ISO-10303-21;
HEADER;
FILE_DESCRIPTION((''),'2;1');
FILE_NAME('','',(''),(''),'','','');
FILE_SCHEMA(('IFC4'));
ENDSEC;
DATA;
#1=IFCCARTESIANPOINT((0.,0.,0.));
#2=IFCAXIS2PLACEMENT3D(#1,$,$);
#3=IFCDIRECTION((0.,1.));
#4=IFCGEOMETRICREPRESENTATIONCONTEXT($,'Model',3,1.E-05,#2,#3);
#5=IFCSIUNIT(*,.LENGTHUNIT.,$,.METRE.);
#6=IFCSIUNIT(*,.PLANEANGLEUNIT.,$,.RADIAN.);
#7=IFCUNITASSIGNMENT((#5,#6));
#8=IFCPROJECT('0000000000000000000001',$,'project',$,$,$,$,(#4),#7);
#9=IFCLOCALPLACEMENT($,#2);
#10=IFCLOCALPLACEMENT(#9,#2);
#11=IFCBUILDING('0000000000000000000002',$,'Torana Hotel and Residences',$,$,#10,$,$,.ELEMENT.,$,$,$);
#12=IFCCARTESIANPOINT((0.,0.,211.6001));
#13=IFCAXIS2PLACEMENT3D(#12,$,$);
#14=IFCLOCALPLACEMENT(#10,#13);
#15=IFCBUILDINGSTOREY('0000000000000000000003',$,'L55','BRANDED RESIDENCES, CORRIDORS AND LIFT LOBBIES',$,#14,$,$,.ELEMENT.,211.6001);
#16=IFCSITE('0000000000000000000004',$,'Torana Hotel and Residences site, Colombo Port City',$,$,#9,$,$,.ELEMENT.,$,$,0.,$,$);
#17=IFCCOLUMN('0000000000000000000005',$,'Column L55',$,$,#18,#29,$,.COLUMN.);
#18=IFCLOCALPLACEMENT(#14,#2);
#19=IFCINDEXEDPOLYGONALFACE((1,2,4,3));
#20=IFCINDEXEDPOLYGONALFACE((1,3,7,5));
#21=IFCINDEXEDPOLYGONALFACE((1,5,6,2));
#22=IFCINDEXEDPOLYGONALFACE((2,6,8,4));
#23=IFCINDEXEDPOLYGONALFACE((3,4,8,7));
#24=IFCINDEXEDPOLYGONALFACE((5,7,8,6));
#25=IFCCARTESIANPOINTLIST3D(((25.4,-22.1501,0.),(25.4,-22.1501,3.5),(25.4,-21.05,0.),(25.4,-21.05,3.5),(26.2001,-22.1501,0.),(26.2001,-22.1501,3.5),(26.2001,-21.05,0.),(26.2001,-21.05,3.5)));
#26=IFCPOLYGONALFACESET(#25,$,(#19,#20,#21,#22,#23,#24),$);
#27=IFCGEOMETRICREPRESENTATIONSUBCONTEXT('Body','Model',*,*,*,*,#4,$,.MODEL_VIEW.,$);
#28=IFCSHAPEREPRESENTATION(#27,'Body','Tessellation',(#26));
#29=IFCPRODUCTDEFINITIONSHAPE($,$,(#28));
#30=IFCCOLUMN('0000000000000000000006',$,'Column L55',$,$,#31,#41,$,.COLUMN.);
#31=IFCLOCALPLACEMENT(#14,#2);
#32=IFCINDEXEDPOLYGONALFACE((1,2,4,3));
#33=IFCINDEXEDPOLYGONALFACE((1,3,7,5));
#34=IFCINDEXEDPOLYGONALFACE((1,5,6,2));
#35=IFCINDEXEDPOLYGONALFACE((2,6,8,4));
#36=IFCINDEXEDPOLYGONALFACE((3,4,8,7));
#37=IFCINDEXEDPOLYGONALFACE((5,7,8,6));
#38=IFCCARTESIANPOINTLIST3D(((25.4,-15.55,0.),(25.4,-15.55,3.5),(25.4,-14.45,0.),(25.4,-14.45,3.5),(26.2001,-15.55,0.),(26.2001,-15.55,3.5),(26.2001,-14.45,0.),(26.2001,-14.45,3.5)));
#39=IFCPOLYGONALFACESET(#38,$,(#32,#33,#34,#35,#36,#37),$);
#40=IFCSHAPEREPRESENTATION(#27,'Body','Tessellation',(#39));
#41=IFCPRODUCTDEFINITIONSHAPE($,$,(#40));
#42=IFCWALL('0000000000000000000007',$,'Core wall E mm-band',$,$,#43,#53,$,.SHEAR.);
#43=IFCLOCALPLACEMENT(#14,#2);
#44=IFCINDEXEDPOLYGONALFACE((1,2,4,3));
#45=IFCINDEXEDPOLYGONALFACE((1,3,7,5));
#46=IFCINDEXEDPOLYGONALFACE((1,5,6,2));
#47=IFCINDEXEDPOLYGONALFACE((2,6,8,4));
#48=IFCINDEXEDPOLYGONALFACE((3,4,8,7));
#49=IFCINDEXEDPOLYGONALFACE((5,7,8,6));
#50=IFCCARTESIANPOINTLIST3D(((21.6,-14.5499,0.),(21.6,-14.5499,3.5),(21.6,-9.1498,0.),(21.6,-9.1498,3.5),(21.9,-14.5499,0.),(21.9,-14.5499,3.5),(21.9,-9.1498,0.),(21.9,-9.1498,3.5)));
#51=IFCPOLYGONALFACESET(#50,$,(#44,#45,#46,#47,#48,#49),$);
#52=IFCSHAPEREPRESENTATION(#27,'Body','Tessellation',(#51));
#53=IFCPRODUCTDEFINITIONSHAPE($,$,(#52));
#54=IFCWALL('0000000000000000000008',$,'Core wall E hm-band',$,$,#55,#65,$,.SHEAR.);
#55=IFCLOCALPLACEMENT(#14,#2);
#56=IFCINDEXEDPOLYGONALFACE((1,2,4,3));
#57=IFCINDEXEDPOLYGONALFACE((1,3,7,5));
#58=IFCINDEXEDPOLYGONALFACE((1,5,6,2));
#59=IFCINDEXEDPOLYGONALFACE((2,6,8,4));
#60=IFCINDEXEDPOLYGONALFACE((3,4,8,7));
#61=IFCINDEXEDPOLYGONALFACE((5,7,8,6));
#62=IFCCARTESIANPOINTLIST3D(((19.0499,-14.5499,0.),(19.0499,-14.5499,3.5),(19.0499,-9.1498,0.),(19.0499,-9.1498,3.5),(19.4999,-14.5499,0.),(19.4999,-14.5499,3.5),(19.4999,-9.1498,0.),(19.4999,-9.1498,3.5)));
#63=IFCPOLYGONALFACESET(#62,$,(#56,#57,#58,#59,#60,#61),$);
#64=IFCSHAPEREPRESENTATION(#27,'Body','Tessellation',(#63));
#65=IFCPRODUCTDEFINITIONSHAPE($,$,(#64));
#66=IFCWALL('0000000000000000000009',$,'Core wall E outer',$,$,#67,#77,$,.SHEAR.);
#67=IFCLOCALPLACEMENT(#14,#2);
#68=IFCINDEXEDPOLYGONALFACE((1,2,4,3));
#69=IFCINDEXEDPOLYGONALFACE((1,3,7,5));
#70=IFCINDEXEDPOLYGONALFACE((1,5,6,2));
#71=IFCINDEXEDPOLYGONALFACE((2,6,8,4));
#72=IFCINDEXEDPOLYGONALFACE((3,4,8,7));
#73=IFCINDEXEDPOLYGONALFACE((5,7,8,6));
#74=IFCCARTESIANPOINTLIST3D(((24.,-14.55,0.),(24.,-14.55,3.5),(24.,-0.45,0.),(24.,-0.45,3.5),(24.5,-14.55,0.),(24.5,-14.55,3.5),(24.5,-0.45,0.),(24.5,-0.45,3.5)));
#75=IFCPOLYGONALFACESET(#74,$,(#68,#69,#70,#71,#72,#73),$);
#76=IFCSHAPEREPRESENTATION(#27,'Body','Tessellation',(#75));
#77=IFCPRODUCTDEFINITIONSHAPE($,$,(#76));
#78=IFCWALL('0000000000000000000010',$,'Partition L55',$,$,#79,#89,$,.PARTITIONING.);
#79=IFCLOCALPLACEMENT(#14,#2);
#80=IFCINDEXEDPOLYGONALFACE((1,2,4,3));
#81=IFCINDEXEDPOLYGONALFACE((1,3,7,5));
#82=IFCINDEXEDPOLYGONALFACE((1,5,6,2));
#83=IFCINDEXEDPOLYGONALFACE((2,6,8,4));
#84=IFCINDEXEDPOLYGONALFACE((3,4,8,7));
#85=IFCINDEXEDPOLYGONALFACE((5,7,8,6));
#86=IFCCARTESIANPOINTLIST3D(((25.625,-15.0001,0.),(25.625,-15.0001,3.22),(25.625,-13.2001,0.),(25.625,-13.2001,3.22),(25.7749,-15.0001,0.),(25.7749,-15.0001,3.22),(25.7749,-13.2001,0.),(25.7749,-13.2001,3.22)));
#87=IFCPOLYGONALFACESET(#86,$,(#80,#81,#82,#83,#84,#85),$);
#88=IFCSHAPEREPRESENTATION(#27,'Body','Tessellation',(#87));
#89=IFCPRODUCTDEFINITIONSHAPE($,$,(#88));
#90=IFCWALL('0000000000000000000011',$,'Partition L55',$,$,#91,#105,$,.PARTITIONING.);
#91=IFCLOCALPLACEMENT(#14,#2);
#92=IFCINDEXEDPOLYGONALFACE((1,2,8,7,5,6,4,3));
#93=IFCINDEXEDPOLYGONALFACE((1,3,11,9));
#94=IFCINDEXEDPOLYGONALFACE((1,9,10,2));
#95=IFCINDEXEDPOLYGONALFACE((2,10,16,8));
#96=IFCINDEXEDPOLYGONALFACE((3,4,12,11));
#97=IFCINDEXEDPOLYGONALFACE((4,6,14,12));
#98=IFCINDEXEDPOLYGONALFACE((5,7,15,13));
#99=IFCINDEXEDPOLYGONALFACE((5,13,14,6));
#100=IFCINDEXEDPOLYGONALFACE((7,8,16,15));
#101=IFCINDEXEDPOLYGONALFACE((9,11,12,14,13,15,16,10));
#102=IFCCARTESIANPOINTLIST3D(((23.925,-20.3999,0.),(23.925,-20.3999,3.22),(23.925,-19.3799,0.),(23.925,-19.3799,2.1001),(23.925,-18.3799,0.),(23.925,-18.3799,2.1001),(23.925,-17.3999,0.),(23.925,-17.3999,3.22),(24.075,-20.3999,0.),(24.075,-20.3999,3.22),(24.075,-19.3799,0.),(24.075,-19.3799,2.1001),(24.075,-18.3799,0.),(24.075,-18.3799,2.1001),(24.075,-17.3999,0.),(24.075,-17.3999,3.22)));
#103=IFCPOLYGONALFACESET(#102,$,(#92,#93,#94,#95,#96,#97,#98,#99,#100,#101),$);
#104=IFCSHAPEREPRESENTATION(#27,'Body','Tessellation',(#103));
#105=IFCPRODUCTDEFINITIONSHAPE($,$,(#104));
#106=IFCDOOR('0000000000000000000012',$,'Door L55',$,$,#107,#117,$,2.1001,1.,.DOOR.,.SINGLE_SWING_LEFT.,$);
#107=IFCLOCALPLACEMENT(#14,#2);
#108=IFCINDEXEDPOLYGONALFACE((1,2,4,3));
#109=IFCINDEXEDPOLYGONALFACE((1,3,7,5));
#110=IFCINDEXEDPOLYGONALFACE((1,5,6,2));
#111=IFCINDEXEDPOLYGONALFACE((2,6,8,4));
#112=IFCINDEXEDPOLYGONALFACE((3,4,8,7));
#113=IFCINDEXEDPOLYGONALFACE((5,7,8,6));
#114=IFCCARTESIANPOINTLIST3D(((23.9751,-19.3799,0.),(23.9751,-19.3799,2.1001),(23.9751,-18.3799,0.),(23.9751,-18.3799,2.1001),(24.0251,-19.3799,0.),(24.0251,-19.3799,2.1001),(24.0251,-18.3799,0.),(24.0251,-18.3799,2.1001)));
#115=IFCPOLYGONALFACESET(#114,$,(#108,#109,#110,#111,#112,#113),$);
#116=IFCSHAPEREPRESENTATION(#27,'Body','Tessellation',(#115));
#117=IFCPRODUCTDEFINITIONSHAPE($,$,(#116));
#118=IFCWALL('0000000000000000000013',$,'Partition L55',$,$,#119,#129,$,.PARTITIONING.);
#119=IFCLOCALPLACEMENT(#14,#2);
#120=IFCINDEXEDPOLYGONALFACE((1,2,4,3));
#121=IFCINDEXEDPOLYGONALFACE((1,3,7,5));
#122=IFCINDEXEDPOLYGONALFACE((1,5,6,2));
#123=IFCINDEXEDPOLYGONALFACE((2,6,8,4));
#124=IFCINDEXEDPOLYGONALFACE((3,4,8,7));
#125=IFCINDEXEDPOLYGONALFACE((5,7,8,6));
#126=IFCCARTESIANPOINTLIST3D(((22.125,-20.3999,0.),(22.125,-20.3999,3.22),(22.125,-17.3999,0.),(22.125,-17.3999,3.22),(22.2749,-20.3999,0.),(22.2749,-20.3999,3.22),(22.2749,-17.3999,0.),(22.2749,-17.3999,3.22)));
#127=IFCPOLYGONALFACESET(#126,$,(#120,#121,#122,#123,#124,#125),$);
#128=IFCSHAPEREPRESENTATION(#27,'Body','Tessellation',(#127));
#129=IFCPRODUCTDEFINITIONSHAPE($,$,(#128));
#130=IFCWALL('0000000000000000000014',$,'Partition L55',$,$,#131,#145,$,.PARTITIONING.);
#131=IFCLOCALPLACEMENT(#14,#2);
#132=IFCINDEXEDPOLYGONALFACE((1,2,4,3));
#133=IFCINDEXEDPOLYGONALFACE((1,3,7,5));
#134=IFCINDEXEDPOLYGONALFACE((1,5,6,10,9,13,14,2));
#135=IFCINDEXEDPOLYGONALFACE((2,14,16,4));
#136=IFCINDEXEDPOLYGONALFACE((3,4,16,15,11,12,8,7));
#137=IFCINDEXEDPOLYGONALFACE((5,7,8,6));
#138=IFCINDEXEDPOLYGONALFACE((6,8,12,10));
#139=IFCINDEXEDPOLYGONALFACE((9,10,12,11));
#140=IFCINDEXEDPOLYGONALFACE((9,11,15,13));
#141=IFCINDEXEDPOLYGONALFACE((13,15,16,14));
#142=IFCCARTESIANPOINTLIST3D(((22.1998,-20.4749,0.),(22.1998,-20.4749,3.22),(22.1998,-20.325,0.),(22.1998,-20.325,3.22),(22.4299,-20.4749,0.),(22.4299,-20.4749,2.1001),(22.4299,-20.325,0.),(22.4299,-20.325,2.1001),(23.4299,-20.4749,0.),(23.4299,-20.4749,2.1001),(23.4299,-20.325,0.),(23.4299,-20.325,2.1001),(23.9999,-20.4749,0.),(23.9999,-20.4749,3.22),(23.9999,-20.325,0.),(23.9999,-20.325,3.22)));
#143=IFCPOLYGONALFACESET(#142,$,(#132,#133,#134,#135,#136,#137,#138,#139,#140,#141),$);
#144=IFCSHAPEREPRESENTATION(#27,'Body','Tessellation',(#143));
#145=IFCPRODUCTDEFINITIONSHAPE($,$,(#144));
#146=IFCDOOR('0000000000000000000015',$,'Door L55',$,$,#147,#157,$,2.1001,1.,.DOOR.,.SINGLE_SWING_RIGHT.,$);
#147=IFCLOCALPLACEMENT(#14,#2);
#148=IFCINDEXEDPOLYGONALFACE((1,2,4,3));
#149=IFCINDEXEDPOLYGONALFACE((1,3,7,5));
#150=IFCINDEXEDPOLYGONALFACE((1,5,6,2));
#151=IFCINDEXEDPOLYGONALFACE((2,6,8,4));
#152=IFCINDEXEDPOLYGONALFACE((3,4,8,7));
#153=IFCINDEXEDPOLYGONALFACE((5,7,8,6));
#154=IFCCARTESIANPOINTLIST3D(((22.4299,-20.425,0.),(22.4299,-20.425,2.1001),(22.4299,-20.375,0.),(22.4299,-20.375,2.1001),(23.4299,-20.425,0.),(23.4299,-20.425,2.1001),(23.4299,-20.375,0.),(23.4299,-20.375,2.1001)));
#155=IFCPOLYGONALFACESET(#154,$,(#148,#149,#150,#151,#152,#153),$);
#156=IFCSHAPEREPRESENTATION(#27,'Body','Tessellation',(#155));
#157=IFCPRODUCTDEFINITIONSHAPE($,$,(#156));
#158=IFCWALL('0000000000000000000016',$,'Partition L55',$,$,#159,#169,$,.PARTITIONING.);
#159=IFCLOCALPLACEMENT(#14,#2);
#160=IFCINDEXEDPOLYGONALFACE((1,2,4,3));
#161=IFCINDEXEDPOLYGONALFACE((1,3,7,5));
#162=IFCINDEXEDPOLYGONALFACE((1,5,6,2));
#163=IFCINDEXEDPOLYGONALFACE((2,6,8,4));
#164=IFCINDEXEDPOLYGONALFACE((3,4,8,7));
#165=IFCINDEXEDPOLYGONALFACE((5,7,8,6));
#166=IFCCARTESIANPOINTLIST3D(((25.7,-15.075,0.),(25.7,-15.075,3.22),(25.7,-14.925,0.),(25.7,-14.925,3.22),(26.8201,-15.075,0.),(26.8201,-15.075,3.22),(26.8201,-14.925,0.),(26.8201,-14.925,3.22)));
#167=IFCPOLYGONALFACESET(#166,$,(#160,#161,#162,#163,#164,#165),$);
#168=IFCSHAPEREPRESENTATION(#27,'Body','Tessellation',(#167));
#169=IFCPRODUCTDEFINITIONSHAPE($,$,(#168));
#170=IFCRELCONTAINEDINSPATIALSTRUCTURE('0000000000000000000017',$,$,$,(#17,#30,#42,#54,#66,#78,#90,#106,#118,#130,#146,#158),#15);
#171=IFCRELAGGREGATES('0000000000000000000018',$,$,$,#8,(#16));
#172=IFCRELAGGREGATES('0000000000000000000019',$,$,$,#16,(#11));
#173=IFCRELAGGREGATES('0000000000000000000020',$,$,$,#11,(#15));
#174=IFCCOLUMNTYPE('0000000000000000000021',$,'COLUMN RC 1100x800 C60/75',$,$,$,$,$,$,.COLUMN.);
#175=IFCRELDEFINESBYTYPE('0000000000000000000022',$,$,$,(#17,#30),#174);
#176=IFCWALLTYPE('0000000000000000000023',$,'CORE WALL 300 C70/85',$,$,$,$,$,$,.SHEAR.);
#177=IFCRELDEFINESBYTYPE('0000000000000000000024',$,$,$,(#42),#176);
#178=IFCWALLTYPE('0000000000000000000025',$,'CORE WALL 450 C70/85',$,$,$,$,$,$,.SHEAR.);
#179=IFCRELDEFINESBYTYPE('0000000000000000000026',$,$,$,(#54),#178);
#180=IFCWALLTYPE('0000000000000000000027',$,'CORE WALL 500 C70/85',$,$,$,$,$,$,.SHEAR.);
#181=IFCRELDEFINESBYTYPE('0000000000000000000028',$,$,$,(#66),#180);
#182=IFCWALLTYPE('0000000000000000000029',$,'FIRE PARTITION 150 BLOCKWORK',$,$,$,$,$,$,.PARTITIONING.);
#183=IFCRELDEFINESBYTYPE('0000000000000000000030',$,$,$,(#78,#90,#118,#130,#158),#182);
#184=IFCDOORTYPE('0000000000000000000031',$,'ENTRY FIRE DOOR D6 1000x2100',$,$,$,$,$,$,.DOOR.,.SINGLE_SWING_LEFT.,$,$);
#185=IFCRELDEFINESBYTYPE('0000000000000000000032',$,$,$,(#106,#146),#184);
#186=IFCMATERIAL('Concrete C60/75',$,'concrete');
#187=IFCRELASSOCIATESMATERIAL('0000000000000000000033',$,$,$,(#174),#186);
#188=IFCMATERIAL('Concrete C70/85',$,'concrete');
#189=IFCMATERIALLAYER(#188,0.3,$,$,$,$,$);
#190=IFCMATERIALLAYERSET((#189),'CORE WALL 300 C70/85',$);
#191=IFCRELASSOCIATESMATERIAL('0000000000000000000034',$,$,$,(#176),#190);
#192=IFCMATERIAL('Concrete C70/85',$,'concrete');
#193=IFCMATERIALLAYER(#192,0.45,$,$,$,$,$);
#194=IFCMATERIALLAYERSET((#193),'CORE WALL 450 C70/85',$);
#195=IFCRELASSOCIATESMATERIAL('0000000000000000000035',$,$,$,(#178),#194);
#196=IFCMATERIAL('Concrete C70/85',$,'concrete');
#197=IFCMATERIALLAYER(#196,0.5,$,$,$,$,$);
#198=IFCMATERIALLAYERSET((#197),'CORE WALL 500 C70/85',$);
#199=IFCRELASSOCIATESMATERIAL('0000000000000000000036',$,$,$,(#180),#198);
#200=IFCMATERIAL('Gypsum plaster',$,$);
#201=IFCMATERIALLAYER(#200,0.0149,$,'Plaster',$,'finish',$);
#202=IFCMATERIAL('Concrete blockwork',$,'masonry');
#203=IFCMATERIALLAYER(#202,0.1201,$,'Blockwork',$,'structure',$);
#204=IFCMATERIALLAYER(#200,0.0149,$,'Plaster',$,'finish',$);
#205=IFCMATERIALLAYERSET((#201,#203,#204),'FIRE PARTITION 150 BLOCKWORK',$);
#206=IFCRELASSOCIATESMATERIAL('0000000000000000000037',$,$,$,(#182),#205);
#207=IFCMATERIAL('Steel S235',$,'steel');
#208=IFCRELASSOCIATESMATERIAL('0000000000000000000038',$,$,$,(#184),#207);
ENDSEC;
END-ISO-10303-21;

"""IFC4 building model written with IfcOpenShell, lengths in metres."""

from ifc_helpers import new_model, si_unit, direction, frame, frame_2d, origin, origin_2d, place, context, subcontext, project, spatial, rectangle, extrude, material, layer, layer_set, material_profile, profile_set, type_object, element, fill, save


model = new_model("IFC4")

# Units and contexts
model_context = context("Model", 3, precision=1e-05, world=origin(), true_north=direction((0.0, 1.0)))
body_context = subcontext(model_context, "Body", "Model", "MODEL_VIEW")
ifc_project = project(units=[si_unit("LENGTHUNIT", "METRE"), si_unit("PLANEANGLEUNIT", "RADIAN")], contexts=[model_context])

# Site, building, storey
site_placement = place(None, origin())
site = spatial("IfcSite", under=ifc_project, at=site_placement, Name="Torana Hotel and Residences site, Colombo Port City", CompositionType="ELEMENT", RefElevation=0.0)
building_placement = place(site_placement, origin())
building = spatial("IfcBuilding", under=site, at=building_placement, Name="Torana Hotel and Residences", CompositionType="ELEMENT")
storey_placement = place(building_placement, frame((0.0, 0.0, 211.6001)))
storey = spatial("IfcBuildingStorey", under=building, at=storey_placement, Name="L55", Description="BRANDED RESIDENCES, CORRIDORS AND LIFT LOBBIES", CompositionType="ELEMENT", Elevation=211.6001)

# Columns
ifc_material_1 = material(Name="Concrete C60/75", Category="concrete")
ifc_material_profile = material_profile(ifc_material_1, rectangle(XDim=1.1001, YDim=0.8, at=origin_2d()), Name="RC 1100x800")
ifc_profile_set = profile_set([ifc_material_profile], Name="Concrete C60/75")
column_type = type_object("IfcColumnType", Name="COLUMN RC 1100x800 C60/75", PredefinedType="COLUMN", material=ifc_profile_set)
for number, where, z_axis, x_axis, name in (
    (1, (25.8, -21.6001, 0.0), (0.0, 0.0, 1.0), (0.0, 1.0, 0.0), "Column L55"),
    (2, (25.8, -15.0, 0.0), (0.0, 0.0, 1.0), (0.0, 1.0, 0.0), "Column L55"),
):
    element("IfcColumn", number, at=place(storey_placement, frame(where, z_axis=z_axis, x_axis=x_axis)), inside=storey, type_object=column_type, Name=name, PredefinedType="COLUMN", context=body_context, shape_type="SweptSolid", body=[
        extrude(rectangle(XDim=1.1001, YDim=0.8, at=origin_2d()), origin(), (0.0, 0.0, 1.0), 3.5),
    ])

# Walls
ifc_material_2 = material(Name="Concrete C70/85", Category="concrete")
ifc_layer_1 = layer(ifc_material_2, 0.3)
ifc_layer_set_1 = layer_set([ifc_layer_1], Name="CORE WALL 300 C70/85")
wall_type_1 = type_object("IfcWallType", Name="CORE WALL 300 C70/85", PredefinedType="SHEAR", material=ifc_layer_set_1)
wall_1_placement = place(storey_placement, frame((21.75, -14.55, 0.0), z_axis=(0.0, 0.0, 1.0), x_axis=(0.0, 1.0, 0.0)))
element("IfcWall", 3, at=wall_1_placement, inside=storey, type_object=wall_type_1, Name="Core wall E mm-band", PredefinedType="SHEAR", context=body_context, shape_type="SweptSolid", body=[
    extrude(rectangle(XDim=5.4001, YDim=0.3, at=frame_2d((2.7002, 0.0))), origin(), (0.0, 0.0, 1.0), 3.5),
])
ifc_material_3 = material(Name="Concrete C70/85", Category="concrete")
ifc_layer_2 = layer(ifc_material_3, 0.45)
ifc_layer_set_2 = layer_set([ifc_layer_2], Name="CORE WALL 450 C70/85")
wall_type_2 = type_object("IfcWallType", Name="CORE WALL 450 C70/85", PredefinedType="SHEAR", material=ifc_layer_set_2)
wall_2_placement = place(storey_placement, frame((19.2749, -14.55, 0.0), z_axis=(0.0, 0.0, 1.0), x_axis=(0.0, 1.0, 0.0)))
element("IfcWall", 4, at=wall_2_placement, inside=storey, type_object=wall_type_2, Name="Core wall E hm-band", PredefinedType="SHEAR", context=body_context, shape_type="SweptSolid", body=[
    extrude(rectangle(XDim=5.4001, YDim=0.45, at=frame_2d((2.7002, 0.0))), origin(), (0.0, 0.0, 1.0), 3.5),
])
ifc_material_4 = material(Name="Concrete C70/85", Category="concrete")
ifc_layer_3 = layer(ifc_material_4, 0.5)
ifc_layer_set_3 = layer_set([ifc_layer_3], Name="CORE WALL 500 C70/85")
wall_type_3 = type_object("IfcWallType", Name="CORE WALL 500 C70/85", PredefinedType="SHEAR", material=ifc_layer_set_3)
wall_3_placement = place(storey_placement, frame((24.25, -14.55, 0.0), z_axis=(0.0, 0.0, 1.0), x_axis=(0.0, 1.0, 0.0)))
element("IfcWall", 5, at=wall_3_placement, inside=storey, type_object=wall_type_3, Name="Core wall E outer", PredefinedType="SHEAR", context=body_context, shape_type="SweptSolid", body=[
    extrude(rectangle(XDim=14.1001, YDim=0.5, at=frame_2d((7.05, 0.0))), origin(), (0.0, 0.0, 1.0), 3.5),
])
ifc_material_5 = material(Name="Gypsum plaster")
ifc_layer_4 = layer(ifc_material_5, 0.0149, Name="Plaster", Category="finish")
ifc_material_6 = material(Name="Concrete blockwork", Category="masonry")
ifc_layer_5 = layer(ifc_material_6, 0.1201, Name="Blockwork", Category="structure")
ifc_layer_6 = layer(ifc_material_5, 0.0149, Name="Plaster", Category="finish")
ifc_layer_set_4 = layer_set([ifc_layer_4, ifc_layer_5, ifc_layer_6], Name="FIRE PARTITION 150 BLOCKWORK")
wall_type_4 = type_object("IfcWallType", Name="FIRE PARTITION 150 BLOCKWORK", PredefinedType="PARTITIONING", material=ifc_layer_set_4)
wall_4_placement = place(storey_placement, frame((25.7, -15.0, 0.0), z_axis=(0.0, 0.0, 1.0), x_axis=(0.0, 1.0, 0.0)))
element("IfcWall", 6, at=wall_4_placement, inside=storey, type_object=wall_type_4, Name="Partition L55", PredefinedType="PARTITIONING", context=body_context, shape_type="SweptSolid", body=[
    extrude(rectangle(XDim=1.8, YDim=0.1499, at=frame_2d((0.8999, 0.0))), origin(), (0.0, 0.0, 1.0), 3.22),
])

# Wall, opening, door
wall_5_placement = place(storey_placement, frame((24.0, -20.3999, 0.0), z_axis=(0.0, 0.0, 1.0), x_axis=(0.0, 1.0, 0.0)))
wall_5 = element("IfcWall", 7, at=wall_5_placement, inside=storey, type_object=wall_type_4, Name="Partition L55", PredefinedType="PARTITIONING", context=body_context, shape_type="SweptSolid", body=[
    extrude(rectangle(XDim=3.0, YDim=0.1499, at=frame_2d((1.5, 0.0))), origin(), (0.0, 0.0, 1.0), 3.22),
])
opening_1_placement = place(wall_5_placement, frame((1.02, 0.0, 0.0)))
opening_1 = element("IfcOpeningElement", 8, at=opening_1_placement, cuts=wall_5, PredefinedType="OPENING", context=body_context, shape_type="SweptSolid", body=[
    extrude(rectangle(XDim=1.0, YDim=2.1001, at=frame_2d((0.5, 1.05))), frame((0.0, 0.085, 0.0), z_axis=(0.0, -1.0, 0.0), x_axis=(1.0, 0.0, 0.0)), (0.0, 0.0, 1.0), 0.1699),
])
ifc_material_7 = material(Name="Steel S235", Category="steel")
door_type = type_object("IfcDoorType", Name="ENTRY FIRE DOOR D6 1000x2100", OperationType="SINGLE_SWING_LEFT", PredefinedType="DOOR", material=ifc_material_7)
door_1_placement = place(opening_1_placement, frame((0.5, 0.0, 0.0), z_axis=(0.0, 0.0, 1.0), x_axis=(-1.0, 0.0, 0.0)))
door_1 = element("IfcDoor", 9, at=door_1_placement, inside=storey, type_object=door_type, Name="Door L55", OperationType="SINGLE_SWING_LEFT", OverallHeight=2.1001, OverallWidth=1.0, PredefinedType="DOOR", context=body_context, shape_type="SweptSolid", body=[
    extrude(rectangle(XDim=1.0, YDim=2.1001, at=frame_2d((0.0, 1.05))), frame((0.0, -0.0249, 0.0), z_axis=(0.0, 1.0, 0.0), x_axis=(-1.0, 0.0, 0.0)), (0.0, 0.0, 1.0), 0.05),
])
fill(opening_1, door_1)

# Wall
wall_6_placement = place(storey_placement, frame((22.2, -20.3999, 0.0), z_axis=(0.0, 0.0, 1.0), x_axis=(0.0, 1.0, 0.0)))
element("IfcWall", 10, at=wall_6_placement, inside=storey, type_object=wall_type_4, Name="Partition L55", PredefinedType="PARTITIONING", context=body_context, shape_type="SweptSolid", body=[
    extrude(rectangle(XDim=3.0, YDim=0.1499, at=frame_2d((1.5, 0.0))), origin(), (0.0, 0.0, 1.0), 3.22),
])

# Wall, opening, door
wall_7_placement = place(storey_placement, frame((22.2, -20.3999, 0.0), z_axis=(0.0, 0.0, 1.0), x_axis=(1.0, 0.0, 0.0)))
wall_7 = element("IfcWall", 11, at=wall_7_placement, inside=storey, type_object=wall_type_4, Name="Partition L55", PredefinedType="PARTITIONING", context=body_context, shape_type="SweptSolid", body=[
    extrude(rectangle(XDim=1.8, YDim=0.1499, at=frame_2d((0.8999, 0.0))), origin(), (0.0, 0.0, 1.0), 3.22),
])
opening_2_placement = place(wall_7_placement, frame((0.23, 0.0, 0.0)))
opening_2 = element("IfcOpeningElement", 12, at=opening_2_placement, cuts=wall_7, PredefinedType="OPENING", context=body_context, shape_type="SweptSolid", body=[
    extrude(rectangle(XDim=1.0, YDim=2.1001, at=frame_2d((0.5, 1.05))), frame((0.0, 0.085, 0.0), z_axis=(0.0, -1.0, 0.0), x_axis=(1.0, 0.0, 0.0)), (0.0, 0.0, 1.0), 0.1699),
])
door_2_placement = place(opening_2_placement, frame((0.5, 0.0, 0.0), z_axis=(0.0, 0.0, 1.0), x_axis=(-1.0, 0.0, 0.0)))
door_2 = element("IfcDoor", 13, at=door_2_placement, inside=storey, type_object=door_type, Name="Door L55", OperationType="SINGLE_SWING_RIGHT", OverallHeight=2.1001, OverallWidth=1.0, PredefinedType="DOOR", context=body_context, shape_type="SweptSolid", body=[
    extrude(rectangle(XDim=1.0, YDim=2.1001, at=frame_2d((0.0, 1.05))), frame((0.0, -0.0249, 0.0), z_axis=(0.0, 1.0, 0.0), x_axis=(-1.0, 0.0, 0.0)), (0.0, 0.0, 1.0), 0.05),
])
fill(opening_2, door_2)

# Wall
wall_8_placement = place(storey_placement, frame((25.7, -15.0, 0.0), z_axis=(0.0, 0.0, 1.0), x_axis=(1.0, 0.0, 0.0)))
element("IfcWall", 14, at=wall_8_placement, inside=storey, type_object=wall_type_4, Name="Partition L55", PredefinedType="PARTITIONING", context=body_context, shape_type="SweptSolid", body=[
    extrude(rectangle(XDim=1.1201, YDim=0.1499, at=frame_2d((0.5601, 0.0))), origin(), (0.0, 0.0, 1.0), 3.22),
])

save(model, "model.ifc")
